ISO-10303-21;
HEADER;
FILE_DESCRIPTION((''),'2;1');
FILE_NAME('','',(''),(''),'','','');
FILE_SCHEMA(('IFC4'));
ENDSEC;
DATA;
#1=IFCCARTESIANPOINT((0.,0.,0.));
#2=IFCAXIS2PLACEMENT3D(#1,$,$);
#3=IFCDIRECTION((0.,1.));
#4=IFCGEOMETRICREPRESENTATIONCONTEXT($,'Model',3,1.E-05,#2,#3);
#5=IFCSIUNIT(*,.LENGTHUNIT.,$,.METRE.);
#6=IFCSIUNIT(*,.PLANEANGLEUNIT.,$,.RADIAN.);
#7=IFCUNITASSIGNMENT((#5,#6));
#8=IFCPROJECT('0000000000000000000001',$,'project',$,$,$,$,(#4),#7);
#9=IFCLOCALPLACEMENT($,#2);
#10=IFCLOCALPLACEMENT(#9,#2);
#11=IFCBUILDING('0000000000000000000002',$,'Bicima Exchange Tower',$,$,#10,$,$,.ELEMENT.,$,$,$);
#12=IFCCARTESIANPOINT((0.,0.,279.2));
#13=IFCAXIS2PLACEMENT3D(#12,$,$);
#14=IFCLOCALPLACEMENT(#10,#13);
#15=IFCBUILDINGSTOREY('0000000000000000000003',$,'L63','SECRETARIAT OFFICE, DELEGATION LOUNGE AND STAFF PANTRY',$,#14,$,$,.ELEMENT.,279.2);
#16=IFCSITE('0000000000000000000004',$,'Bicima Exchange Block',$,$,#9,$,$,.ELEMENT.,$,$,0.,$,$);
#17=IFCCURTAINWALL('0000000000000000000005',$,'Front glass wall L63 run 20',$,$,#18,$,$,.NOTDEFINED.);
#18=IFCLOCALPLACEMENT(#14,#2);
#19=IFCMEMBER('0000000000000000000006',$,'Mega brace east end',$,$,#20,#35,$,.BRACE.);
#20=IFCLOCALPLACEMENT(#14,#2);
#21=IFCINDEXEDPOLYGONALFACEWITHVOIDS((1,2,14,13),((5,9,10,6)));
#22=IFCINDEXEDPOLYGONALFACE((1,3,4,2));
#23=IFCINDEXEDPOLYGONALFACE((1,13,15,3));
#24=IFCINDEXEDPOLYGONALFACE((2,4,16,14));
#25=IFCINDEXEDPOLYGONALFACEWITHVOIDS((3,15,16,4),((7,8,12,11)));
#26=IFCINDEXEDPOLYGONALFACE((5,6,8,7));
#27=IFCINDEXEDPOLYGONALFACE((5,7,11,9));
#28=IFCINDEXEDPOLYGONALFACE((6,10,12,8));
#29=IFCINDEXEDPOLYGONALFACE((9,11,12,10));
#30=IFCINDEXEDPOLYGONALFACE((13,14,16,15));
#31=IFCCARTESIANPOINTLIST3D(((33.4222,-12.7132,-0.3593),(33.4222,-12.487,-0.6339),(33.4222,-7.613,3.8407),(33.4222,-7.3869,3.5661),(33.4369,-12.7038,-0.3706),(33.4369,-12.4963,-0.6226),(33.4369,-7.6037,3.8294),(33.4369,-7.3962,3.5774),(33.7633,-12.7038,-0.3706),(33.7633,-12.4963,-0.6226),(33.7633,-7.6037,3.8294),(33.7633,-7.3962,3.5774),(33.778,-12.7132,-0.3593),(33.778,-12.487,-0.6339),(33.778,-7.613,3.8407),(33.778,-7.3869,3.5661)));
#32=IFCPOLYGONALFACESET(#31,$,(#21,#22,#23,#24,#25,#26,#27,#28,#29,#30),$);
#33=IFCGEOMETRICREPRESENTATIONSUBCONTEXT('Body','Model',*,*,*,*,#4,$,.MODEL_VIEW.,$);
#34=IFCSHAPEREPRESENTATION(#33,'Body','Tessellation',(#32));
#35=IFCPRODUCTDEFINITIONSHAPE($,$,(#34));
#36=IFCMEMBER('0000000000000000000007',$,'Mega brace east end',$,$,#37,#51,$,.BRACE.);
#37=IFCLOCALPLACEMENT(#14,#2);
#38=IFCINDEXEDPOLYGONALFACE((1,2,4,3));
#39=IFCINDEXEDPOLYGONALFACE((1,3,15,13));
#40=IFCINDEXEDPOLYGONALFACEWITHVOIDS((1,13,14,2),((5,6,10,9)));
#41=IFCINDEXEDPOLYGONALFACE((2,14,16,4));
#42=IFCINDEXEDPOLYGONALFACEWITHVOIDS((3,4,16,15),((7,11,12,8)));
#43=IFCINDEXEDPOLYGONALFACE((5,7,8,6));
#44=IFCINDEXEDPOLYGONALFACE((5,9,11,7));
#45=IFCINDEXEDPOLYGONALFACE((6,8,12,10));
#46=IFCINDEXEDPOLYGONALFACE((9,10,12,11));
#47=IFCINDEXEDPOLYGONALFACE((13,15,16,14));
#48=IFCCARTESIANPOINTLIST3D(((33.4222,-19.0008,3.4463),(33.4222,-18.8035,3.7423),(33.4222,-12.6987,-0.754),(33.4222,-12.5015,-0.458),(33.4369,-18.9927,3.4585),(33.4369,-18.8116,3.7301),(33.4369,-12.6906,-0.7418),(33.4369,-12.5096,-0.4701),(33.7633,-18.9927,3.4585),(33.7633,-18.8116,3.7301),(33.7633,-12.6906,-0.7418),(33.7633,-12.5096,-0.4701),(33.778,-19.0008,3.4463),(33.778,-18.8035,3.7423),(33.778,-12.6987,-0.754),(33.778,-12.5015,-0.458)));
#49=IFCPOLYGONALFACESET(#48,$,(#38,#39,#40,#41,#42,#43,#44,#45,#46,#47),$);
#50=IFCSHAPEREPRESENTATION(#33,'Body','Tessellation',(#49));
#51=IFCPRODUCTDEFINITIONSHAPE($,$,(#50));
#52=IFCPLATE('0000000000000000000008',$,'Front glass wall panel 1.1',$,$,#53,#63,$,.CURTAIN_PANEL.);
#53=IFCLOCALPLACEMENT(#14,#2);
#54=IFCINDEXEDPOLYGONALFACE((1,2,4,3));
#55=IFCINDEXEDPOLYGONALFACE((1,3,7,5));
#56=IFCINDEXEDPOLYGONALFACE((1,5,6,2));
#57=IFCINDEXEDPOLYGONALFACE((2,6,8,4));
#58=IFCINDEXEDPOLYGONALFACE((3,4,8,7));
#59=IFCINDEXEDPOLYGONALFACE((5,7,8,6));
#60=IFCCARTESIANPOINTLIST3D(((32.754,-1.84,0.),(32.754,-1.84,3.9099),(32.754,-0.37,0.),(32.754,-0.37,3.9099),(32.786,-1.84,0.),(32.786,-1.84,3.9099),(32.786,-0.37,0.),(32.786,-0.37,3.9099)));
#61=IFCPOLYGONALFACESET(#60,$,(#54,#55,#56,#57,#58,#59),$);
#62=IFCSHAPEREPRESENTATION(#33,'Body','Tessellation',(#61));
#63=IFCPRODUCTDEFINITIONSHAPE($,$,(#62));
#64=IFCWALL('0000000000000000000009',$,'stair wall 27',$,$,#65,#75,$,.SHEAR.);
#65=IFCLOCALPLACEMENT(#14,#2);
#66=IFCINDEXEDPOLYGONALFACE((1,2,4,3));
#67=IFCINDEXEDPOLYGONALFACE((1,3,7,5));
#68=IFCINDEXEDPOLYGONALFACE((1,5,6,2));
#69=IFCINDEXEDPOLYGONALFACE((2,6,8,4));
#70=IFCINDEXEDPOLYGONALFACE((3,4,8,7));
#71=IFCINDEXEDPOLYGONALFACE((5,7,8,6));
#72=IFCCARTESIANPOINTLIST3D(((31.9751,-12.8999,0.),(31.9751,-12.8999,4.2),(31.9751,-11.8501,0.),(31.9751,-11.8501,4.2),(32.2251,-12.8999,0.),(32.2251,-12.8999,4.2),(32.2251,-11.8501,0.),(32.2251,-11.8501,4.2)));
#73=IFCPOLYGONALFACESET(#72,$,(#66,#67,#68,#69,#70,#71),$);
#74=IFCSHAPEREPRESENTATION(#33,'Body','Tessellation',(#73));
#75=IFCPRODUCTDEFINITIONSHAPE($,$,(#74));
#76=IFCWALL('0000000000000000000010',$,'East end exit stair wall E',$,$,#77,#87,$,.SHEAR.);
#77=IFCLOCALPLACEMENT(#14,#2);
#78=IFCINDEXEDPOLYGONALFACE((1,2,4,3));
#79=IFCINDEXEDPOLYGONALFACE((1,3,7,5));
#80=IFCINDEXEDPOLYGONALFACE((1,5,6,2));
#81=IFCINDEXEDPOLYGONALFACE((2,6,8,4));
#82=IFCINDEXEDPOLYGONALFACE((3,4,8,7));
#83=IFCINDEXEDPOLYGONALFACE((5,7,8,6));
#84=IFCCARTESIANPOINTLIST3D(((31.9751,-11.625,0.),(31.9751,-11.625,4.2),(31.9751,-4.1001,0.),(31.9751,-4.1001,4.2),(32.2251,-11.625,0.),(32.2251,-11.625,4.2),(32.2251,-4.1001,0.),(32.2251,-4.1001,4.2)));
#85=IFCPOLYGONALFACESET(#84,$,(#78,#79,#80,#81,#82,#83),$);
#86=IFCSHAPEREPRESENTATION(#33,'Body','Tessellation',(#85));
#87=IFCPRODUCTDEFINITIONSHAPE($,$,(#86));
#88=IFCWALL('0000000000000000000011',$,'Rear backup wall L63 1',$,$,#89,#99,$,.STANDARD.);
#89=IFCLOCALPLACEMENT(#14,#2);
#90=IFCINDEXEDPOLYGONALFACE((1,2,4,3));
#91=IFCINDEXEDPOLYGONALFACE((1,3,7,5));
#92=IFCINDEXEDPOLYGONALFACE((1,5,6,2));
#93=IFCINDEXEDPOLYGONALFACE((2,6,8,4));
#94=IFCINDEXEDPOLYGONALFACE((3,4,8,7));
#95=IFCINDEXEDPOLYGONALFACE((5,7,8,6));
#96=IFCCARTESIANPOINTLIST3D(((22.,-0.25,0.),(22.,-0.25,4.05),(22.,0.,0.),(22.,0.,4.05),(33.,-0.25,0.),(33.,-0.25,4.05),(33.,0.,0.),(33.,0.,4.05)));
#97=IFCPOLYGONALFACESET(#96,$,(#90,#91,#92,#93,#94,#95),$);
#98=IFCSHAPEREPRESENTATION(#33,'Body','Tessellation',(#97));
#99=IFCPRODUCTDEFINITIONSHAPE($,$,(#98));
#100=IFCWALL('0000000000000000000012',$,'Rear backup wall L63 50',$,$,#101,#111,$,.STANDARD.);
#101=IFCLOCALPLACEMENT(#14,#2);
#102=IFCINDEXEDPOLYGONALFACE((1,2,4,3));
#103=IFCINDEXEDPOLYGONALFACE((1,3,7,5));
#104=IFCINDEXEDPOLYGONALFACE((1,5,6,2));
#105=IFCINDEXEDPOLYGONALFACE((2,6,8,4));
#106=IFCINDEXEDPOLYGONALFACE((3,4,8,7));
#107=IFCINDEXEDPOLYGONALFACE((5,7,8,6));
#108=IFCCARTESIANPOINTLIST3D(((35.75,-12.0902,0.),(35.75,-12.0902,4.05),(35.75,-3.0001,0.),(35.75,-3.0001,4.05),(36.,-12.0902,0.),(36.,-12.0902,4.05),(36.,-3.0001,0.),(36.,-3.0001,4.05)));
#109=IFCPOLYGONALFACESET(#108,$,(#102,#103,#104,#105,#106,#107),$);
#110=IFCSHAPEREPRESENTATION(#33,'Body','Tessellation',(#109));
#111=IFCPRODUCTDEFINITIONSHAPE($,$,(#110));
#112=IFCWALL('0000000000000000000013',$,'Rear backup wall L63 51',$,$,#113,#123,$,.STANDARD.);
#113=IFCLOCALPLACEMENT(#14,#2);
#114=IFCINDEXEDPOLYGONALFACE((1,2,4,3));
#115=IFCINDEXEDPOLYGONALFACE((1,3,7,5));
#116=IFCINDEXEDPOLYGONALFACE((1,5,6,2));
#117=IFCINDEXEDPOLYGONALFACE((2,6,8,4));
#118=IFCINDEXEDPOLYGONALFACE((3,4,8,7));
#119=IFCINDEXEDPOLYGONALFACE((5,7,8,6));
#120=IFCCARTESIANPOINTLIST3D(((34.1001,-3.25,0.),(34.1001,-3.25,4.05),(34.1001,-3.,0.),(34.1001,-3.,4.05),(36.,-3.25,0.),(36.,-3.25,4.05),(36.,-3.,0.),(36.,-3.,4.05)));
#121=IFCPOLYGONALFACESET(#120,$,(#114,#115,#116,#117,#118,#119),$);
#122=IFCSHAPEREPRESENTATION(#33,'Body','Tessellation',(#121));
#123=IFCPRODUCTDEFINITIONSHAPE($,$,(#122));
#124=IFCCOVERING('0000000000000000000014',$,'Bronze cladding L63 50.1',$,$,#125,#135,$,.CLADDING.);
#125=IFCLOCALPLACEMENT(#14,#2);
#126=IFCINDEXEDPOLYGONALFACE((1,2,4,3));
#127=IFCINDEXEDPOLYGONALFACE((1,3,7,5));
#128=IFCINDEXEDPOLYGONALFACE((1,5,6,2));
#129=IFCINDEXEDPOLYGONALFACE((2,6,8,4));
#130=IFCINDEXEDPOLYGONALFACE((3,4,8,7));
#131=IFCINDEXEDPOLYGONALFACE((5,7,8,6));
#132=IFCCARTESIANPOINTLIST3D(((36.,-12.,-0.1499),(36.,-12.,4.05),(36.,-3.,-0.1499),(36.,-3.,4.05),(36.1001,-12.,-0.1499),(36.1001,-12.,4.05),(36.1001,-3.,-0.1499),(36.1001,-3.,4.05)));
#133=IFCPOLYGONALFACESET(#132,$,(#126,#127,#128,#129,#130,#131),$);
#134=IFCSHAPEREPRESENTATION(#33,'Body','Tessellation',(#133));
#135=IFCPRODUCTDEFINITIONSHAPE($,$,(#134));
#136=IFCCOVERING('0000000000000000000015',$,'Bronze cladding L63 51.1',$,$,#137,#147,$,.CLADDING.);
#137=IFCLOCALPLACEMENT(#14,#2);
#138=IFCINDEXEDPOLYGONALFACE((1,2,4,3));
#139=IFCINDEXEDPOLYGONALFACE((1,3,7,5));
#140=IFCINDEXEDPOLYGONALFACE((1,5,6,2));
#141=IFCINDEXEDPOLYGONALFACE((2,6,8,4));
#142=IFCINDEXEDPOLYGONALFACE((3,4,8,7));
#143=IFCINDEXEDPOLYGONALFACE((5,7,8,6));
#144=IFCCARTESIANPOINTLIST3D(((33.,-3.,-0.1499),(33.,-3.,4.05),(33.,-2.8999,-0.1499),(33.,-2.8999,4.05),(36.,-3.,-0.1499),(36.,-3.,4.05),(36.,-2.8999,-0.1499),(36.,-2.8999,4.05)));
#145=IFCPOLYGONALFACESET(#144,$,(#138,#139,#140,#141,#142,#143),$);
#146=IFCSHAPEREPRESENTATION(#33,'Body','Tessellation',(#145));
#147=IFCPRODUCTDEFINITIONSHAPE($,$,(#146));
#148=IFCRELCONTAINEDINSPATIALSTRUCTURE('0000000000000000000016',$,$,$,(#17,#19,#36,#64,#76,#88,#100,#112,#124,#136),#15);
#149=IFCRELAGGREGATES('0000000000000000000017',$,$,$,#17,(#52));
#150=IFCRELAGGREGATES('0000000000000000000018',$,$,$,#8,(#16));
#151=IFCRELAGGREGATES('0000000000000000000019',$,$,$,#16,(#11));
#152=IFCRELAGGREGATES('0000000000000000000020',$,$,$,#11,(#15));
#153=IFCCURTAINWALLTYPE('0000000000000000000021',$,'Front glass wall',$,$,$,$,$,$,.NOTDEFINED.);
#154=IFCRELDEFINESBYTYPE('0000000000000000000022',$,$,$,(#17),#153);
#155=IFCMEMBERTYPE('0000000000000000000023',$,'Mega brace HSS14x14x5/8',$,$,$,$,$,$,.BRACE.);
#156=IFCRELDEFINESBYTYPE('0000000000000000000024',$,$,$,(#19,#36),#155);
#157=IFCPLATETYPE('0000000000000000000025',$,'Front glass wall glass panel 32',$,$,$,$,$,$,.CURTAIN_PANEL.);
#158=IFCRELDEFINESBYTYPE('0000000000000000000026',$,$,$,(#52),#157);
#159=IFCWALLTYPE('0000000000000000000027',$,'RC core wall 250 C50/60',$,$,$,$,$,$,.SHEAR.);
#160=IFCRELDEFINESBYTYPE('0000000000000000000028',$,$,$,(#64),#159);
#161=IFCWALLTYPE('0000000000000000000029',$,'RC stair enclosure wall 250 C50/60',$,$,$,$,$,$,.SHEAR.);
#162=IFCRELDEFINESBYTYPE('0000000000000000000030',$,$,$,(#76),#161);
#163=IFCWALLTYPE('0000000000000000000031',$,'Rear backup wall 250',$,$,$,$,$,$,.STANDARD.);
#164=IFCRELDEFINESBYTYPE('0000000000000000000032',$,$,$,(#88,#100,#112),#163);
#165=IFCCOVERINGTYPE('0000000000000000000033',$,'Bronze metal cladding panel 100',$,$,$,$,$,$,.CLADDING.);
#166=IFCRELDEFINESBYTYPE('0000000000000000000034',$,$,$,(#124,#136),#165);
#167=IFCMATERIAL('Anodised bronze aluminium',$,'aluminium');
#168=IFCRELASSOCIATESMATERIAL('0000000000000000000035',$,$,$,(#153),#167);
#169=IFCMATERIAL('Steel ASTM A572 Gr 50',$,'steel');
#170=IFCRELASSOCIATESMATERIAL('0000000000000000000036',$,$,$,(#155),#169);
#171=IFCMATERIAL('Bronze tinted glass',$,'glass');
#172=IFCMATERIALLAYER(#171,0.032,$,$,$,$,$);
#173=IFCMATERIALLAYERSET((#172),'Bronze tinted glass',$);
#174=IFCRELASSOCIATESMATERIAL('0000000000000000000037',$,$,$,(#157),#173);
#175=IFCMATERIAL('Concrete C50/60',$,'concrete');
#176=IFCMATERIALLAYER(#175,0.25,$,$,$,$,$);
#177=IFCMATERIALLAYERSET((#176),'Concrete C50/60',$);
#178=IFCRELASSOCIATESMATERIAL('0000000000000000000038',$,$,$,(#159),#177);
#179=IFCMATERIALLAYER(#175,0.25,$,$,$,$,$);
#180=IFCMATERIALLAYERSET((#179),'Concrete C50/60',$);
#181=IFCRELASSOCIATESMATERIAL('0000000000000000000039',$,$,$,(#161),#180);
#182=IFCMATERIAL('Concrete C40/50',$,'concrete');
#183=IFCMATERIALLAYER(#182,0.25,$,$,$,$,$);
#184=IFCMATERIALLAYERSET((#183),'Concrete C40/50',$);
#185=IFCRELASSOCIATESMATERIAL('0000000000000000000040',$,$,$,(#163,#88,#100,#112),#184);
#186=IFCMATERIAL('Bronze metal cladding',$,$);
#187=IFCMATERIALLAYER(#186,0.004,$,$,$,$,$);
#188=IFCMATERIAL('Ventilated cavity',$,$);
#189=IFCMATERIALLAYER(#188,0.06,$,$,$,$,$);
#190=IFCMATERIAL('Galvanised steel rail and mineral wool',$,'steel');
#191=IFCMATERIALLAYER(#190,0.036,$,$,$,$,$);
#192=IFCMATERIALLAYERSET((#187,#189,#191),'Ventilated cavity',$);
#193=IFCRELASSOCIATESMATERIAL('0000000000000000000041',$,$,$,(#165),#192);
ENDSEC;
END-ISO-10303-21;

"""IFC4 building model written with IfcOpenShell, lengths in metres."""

from ifc_helpers import new_model, si_unit, direction, frame, frame_2d, origin, origin_2d, place, context, subcontext, project, spatial, rectangle, hollow_rectangle, extrude, material, layer, layer_set, layer_usage, material_profile, profile_set, type_object, element, aggregate, save


model = new_model("IFC4")

# Units and contexts
model_context = context("Model", 3, precision=1e-05, world=origin(), true_north=direction((0.0, 1.0)))
body_context = subcontext(model_context, "Body", "Model", "MODEL_VIEW")
ifc_project = project(units=[si_unit("LENGTHUNIT", "METRE"), si_unit("PLANEANGLEUNIT", "RADIAN")], contexts=[model_context])

# Site, building, storey
site_placement = place(None, origin())
site = spatial("IfcSite", under=ifc_project, at=site_placement, Name="Bicima Exchange Block", CompositionType="ELEMENT", RefElevation=0.0)
building_placement = place(site_placement, origin())
building = spatial("IfcBuilding", under=site, at=building_placement, Name="Bicima Exchange Tower", CompositionType="ELEMENT")
storey_placement = place(building_placement, frame((0.0, 0.0, 279.2)))
storey = spatial("IfcBuildingStorey", under=building, at=storey_placement, Name="L63", Description="SECRETARIAT OFFICE, DELEGATION LOUNGE AND STAFF PANTRY", CompositionType="ELEMENT", Elevation=279.2)

# Shared definitions
ifc_material_1 = material(Name="Steel ASTM A572 Gr 50", Category="steel")

# Shared definitions
ifc_material_2 = material(Name="Anodised bronze aluminium", Category="aluminium")

# Curtain wall
curtain_wall_type_1 = type_object("IfcCurtainWallType", Name="Front glass wall", PredefinedType="NOTDEFINED", material=ifc_material_2)
curtain_wall_1_placement = place(storey_placement, origin())
curtain_wall_1 = element("IfcCurtainWall", 1, at=curtain_wall_1_placement, inside=storey, type_object=curtain_wall_type_1, Name="Front glass wall L63 run 20", PredefinedType="NOTDEFINED")

# Members
ifc_material_profile_1 = material_profile(ifc_material_1, hollow_rectangle(XDim=0.3557, YDim=0.3557, WallThickness=0.0146, at=origin_2d()))
ifc_profile_set_1 = profile_set([ifc_material_profile_1], Name="Steel ASTM A572 Gr 50")
member_type_1 = type_object("IfcMemberType", Name="Mega brace HSS14x14x5/8", PredefinedType="BRACE", material=ifc_profile_set_1)
for number, where, z_axis, x_axis, name in (
    (2, (33.6001, -12.6001, -0.4966), (0.0, 0.77194, 0.635696), (-1.0, 0.0, 0.0), "Mega brace east end"),
):
    element("IfcMember", number, at=place(storey_placement, frame(where, z_axis=z_axis, x_axis=x_axis)), inside=storey, type_object=member_type_1, Name=name, PredefinedType="BRACE", context=body_context, shape_type="SweptSolid", body=[
        extrude(hollow_rectangle(XDim=0.3557, YDim=0.3557, WallThickness=0.0146, at=origin_2d()), origin(), (0.0, 0.0, 1.0), 6.6069),
    ])
member_1_placement = place(storey_placement, frame((33.6001, -12.6001, -0.606), z_axis=(0.0, -0.83212, 0.554596), x_axis=(1.0, 0.0, 0.0)))
element("IfcMember", 3, at=member_1_placement, inside=storey, type_object=member_type_1, Name="Mega brace east end", PredefinedType="BRACE", context=body_context, shape_type="SweptSolid", body=[
    extrude(hollow_rectangle(XDim=0.3557, YDim=0.3557, WallThickness=0.0146, at=origin_2d()), origin(), (0.0, 0.0, 1.0), 7.5735),
])

# Plate
ifc_material_3 = material(Name="Bronze tinted glass", Category="glass")
ifc_layer_1 = layer(ifc_material_3, 0.032)
ifc_layer_set_1 = layer_set([ifc_layer_1], Name="Bronze tinted glass")
plate_type = type_object("IfcPlateType", Name="Front glass wall glass panel 32", PredefinedType="CURTAIN_PANEL", material=ifc_layer_set_1)
plate_placement = place(storey_placement, frame((32.77, -1.105, 0.0), z_axis=(0.0, 0.0, 1.0), x_axis=(0.0, 1.0, 0.0)))
plate = element("IfcPlate", 4, at=plate_placement, type_object=plate_type, Name="Front glass wall panel 1.1", PredefinedType="CURTAIN_PANEL", context=body_context, shape_type="SweptSolid", body=[
    extrude(rectangle(XDim=1.47, YDim=0.032, at=origin_2d()), origin(), (0.0, 0.0, 1.0), 3.9099),
])
aggregate(curtain_wall_1, [plate])

# Walls
ifc_material_4 = material(Name="Concrete C50/60", Category="concrete")
ifc_layer_2 = layer(ifc_material_4, 0.25)
ifc_layer_set_2 = layer_set([ifc_layer_2], Name="Concrete C50/60")
wall_type_1 = type_object("IfcWallType", Name="RC core wall 250 C50/60", PredefinedType="SHEAR", material=ifc_layer_set_2)
wall_1_placement = place(storey_placement, frame((32.1001, -12.8999, 0.0), z_axis=(0.0, 0.0, 1.0), x_axis=(0.0, 1.0, 0.0)))
element("IfcWall", 5, at=wall_1_placement, inside=storey, type_object=wall_type_1, Name="stair wall 27", PredefinedType="SHEAR", context=body_context, shape_type="SweptSolid", body=[
    extrude(rectangle(XDim=1.0498, YDim=0.25, at=frame_2d((0.5249, 0.0))), origin(), (0.0, 0.0, 1.0), 4.2),
])
ifc_layer_3 = layer(ifc_material_4, 0.25)
ifc_layer_set_3 = layer_set([ifc_layer_3], Name="Concrete C50/60")
wall_type_2 = type_object("IfcWallType", Name="RC stair enclosure wall 250 C50/60", PredefinedType="SHEAR", material=ifc_layer_set_3)
wall_2_placement = place(storey_placement, frame((32.1001, -11.625, 0.0), z_axis=(0.0, 0.0, 1.0), x_axis=(0.0, 1.0, 0.0)))
element("IfcWall", 6, at=wall_2_placement, inside=storey, type_object=wall_type_2, Name="East end exit stair wall E", PredefinedType="SHEAR", context=body_context, shape_type="SweptSolid", body=[
    extrude(rectangle(XDim=7.5249, YDim=0.25, at=frame_2d((3.7625, 0.0))), origin(), (0.0, 0.0, 1.0), 4.2),
])
ifc_material_5 = material(Name="Concrete C40/50", Category="concrete")
ifc_layer_4 = layer(ifc_material_5, 0.25)
ifc_layer_set_4 = layer_set([ifc_layer_4], Name="Concrete C40/50")
ifc_layer_usage = layer_usage(ifc_layer_set_4, "AXIS2", "POSITIVE", -0.125)
wall_type_3 = type_object("IfcWallType", Name="Rear backup wall 250", PredefinedType="STANDARD", material=ifc_layer_set_4)
wall_3_placement = place(storey_placement, frame((33.0, -0.125, 0.0), z_axis=(0.0, 0.0, 1.0), x_axis=(-1.0, 0.0, 0.0)))
element("IfcWall", 7, at=wall_3_placement, inside=storey, type_object=wall_type_3, material=ifc_layer_usage, Name="Rear backup wall L63 1", PredefinedType="STANDARD", context=body_context, shape_type="SweptSolid", body=[
    extrude(rectangle(XDim=11.0, YDim=0.25, at=frame_2d((5.5, 0.0))), origin(), (0.0, 0.0, 1.0), 4.05),
])
wall_4_placement = place(storey_placement, frame((35.875, -12.0901, 0.0), z_axis=(0.0, 0.0, 1.0), x_axis=(0.0, 1.0, 0.0)))
element("IfcWall", 8, at=wall_4_placement, inside=storey, type_object=wall_type_3, material=ifc_layer_usage, Name="Rear backup wall L63 50", PredefinedType="STANDARD", context=body_context, shape_type="SweptSolid", body=[
    extrude(rectangle(XDim=9.0901, YDim=0.25, at=frame_2d((4.5449, 0.0))), origin(), (0.0, 0.0, 1.0), 4.05),
])
wall_5_placement = place(storey_placement, frame((36.0, -3.125, 0.0), z_axis=(0.0, 0.0, 1.0), x_axis=(-1.0, 0.0, 0.0)))
element("IfcWall", 9, at=wall_5_placement, inside=storey, type_object=wall_type_3, material=ifc_layer_usage, Name="Rear backup wall L63 51", PredefinedType="STANDARD", context=body_context, shape_type="SweptSolid", body=[
    extrude(rectangle(XDim=1.8999, YDim=0.25, at=frame_2d((0.95, 0.0))), origin(), (0.0, 0.0, 1.0), 4.05),
])

# Coverings
ifc_material_6 = material(Name="Bronze metal cladding")
ifc_layer_5 = layer(ifc_material_6, 0.004)
ifc_material_7 = material(Name="Ventilated cavity")
ifc_layer_6 = layer(ifc_material_7, 0.06)
ifc_material_8 = material(Name="Galvanised steel rail and mineral wool", Category="steel")
ifc_layer_7 = layer(ifc_material_8, 0.036)
ifc_layer_set_5 = layer_set([ifc_layer_5, ifc_layer_6, ifc_layer_7], Name="Ventilated cavity")
covering_type = type_object("IfcCoveringType", Name="Bronze metal cladding panel 100", PredefinedType="CLADDING", material=ifc_layer_set_5)
covering_1_placement = place(storey_placement, frame((36.05, -7.5, -0.1499), z_axis=(0.0, 0.0, 1.0), x_axis=(0.0, 1.0, 0.0)))
element("IfcCovering", 10, at=covering_1_placement, inside=storey, type_object=covering_type, Name="Bronze cladding L63 50.1", PredefinedType="CLADDING", context=body_context, shape_type="SweptSolid", body=[
    extrude(rectangle(XDim=9.0, YDim=0.1001, at=origin_2d()), origin(), (0.0, 0.0, 1.0), 4.2),
])
covering_2_placement = place(storey_placement, frame((34.5, -2.95, -0.1499), z_axis=(0.0, 0.0, 1.0), x_axis=(-1.0, 0.0, 0.0)))
element("IfcCovering", 11, at=covering_2_placement, inside=storey, type_object=covering_type, Name="Bronze cladding L63 51.1", PredefinedType="CLADDING", context=body_context, shape_type="SweptSolid", body=[
    extrude(rectangle(XDim=3.0, YDim=0.1001, at=origin_2d()), origin(), (0.0, 0.0, 1.0), 4.2),
])

save(model, "model.ifc")
